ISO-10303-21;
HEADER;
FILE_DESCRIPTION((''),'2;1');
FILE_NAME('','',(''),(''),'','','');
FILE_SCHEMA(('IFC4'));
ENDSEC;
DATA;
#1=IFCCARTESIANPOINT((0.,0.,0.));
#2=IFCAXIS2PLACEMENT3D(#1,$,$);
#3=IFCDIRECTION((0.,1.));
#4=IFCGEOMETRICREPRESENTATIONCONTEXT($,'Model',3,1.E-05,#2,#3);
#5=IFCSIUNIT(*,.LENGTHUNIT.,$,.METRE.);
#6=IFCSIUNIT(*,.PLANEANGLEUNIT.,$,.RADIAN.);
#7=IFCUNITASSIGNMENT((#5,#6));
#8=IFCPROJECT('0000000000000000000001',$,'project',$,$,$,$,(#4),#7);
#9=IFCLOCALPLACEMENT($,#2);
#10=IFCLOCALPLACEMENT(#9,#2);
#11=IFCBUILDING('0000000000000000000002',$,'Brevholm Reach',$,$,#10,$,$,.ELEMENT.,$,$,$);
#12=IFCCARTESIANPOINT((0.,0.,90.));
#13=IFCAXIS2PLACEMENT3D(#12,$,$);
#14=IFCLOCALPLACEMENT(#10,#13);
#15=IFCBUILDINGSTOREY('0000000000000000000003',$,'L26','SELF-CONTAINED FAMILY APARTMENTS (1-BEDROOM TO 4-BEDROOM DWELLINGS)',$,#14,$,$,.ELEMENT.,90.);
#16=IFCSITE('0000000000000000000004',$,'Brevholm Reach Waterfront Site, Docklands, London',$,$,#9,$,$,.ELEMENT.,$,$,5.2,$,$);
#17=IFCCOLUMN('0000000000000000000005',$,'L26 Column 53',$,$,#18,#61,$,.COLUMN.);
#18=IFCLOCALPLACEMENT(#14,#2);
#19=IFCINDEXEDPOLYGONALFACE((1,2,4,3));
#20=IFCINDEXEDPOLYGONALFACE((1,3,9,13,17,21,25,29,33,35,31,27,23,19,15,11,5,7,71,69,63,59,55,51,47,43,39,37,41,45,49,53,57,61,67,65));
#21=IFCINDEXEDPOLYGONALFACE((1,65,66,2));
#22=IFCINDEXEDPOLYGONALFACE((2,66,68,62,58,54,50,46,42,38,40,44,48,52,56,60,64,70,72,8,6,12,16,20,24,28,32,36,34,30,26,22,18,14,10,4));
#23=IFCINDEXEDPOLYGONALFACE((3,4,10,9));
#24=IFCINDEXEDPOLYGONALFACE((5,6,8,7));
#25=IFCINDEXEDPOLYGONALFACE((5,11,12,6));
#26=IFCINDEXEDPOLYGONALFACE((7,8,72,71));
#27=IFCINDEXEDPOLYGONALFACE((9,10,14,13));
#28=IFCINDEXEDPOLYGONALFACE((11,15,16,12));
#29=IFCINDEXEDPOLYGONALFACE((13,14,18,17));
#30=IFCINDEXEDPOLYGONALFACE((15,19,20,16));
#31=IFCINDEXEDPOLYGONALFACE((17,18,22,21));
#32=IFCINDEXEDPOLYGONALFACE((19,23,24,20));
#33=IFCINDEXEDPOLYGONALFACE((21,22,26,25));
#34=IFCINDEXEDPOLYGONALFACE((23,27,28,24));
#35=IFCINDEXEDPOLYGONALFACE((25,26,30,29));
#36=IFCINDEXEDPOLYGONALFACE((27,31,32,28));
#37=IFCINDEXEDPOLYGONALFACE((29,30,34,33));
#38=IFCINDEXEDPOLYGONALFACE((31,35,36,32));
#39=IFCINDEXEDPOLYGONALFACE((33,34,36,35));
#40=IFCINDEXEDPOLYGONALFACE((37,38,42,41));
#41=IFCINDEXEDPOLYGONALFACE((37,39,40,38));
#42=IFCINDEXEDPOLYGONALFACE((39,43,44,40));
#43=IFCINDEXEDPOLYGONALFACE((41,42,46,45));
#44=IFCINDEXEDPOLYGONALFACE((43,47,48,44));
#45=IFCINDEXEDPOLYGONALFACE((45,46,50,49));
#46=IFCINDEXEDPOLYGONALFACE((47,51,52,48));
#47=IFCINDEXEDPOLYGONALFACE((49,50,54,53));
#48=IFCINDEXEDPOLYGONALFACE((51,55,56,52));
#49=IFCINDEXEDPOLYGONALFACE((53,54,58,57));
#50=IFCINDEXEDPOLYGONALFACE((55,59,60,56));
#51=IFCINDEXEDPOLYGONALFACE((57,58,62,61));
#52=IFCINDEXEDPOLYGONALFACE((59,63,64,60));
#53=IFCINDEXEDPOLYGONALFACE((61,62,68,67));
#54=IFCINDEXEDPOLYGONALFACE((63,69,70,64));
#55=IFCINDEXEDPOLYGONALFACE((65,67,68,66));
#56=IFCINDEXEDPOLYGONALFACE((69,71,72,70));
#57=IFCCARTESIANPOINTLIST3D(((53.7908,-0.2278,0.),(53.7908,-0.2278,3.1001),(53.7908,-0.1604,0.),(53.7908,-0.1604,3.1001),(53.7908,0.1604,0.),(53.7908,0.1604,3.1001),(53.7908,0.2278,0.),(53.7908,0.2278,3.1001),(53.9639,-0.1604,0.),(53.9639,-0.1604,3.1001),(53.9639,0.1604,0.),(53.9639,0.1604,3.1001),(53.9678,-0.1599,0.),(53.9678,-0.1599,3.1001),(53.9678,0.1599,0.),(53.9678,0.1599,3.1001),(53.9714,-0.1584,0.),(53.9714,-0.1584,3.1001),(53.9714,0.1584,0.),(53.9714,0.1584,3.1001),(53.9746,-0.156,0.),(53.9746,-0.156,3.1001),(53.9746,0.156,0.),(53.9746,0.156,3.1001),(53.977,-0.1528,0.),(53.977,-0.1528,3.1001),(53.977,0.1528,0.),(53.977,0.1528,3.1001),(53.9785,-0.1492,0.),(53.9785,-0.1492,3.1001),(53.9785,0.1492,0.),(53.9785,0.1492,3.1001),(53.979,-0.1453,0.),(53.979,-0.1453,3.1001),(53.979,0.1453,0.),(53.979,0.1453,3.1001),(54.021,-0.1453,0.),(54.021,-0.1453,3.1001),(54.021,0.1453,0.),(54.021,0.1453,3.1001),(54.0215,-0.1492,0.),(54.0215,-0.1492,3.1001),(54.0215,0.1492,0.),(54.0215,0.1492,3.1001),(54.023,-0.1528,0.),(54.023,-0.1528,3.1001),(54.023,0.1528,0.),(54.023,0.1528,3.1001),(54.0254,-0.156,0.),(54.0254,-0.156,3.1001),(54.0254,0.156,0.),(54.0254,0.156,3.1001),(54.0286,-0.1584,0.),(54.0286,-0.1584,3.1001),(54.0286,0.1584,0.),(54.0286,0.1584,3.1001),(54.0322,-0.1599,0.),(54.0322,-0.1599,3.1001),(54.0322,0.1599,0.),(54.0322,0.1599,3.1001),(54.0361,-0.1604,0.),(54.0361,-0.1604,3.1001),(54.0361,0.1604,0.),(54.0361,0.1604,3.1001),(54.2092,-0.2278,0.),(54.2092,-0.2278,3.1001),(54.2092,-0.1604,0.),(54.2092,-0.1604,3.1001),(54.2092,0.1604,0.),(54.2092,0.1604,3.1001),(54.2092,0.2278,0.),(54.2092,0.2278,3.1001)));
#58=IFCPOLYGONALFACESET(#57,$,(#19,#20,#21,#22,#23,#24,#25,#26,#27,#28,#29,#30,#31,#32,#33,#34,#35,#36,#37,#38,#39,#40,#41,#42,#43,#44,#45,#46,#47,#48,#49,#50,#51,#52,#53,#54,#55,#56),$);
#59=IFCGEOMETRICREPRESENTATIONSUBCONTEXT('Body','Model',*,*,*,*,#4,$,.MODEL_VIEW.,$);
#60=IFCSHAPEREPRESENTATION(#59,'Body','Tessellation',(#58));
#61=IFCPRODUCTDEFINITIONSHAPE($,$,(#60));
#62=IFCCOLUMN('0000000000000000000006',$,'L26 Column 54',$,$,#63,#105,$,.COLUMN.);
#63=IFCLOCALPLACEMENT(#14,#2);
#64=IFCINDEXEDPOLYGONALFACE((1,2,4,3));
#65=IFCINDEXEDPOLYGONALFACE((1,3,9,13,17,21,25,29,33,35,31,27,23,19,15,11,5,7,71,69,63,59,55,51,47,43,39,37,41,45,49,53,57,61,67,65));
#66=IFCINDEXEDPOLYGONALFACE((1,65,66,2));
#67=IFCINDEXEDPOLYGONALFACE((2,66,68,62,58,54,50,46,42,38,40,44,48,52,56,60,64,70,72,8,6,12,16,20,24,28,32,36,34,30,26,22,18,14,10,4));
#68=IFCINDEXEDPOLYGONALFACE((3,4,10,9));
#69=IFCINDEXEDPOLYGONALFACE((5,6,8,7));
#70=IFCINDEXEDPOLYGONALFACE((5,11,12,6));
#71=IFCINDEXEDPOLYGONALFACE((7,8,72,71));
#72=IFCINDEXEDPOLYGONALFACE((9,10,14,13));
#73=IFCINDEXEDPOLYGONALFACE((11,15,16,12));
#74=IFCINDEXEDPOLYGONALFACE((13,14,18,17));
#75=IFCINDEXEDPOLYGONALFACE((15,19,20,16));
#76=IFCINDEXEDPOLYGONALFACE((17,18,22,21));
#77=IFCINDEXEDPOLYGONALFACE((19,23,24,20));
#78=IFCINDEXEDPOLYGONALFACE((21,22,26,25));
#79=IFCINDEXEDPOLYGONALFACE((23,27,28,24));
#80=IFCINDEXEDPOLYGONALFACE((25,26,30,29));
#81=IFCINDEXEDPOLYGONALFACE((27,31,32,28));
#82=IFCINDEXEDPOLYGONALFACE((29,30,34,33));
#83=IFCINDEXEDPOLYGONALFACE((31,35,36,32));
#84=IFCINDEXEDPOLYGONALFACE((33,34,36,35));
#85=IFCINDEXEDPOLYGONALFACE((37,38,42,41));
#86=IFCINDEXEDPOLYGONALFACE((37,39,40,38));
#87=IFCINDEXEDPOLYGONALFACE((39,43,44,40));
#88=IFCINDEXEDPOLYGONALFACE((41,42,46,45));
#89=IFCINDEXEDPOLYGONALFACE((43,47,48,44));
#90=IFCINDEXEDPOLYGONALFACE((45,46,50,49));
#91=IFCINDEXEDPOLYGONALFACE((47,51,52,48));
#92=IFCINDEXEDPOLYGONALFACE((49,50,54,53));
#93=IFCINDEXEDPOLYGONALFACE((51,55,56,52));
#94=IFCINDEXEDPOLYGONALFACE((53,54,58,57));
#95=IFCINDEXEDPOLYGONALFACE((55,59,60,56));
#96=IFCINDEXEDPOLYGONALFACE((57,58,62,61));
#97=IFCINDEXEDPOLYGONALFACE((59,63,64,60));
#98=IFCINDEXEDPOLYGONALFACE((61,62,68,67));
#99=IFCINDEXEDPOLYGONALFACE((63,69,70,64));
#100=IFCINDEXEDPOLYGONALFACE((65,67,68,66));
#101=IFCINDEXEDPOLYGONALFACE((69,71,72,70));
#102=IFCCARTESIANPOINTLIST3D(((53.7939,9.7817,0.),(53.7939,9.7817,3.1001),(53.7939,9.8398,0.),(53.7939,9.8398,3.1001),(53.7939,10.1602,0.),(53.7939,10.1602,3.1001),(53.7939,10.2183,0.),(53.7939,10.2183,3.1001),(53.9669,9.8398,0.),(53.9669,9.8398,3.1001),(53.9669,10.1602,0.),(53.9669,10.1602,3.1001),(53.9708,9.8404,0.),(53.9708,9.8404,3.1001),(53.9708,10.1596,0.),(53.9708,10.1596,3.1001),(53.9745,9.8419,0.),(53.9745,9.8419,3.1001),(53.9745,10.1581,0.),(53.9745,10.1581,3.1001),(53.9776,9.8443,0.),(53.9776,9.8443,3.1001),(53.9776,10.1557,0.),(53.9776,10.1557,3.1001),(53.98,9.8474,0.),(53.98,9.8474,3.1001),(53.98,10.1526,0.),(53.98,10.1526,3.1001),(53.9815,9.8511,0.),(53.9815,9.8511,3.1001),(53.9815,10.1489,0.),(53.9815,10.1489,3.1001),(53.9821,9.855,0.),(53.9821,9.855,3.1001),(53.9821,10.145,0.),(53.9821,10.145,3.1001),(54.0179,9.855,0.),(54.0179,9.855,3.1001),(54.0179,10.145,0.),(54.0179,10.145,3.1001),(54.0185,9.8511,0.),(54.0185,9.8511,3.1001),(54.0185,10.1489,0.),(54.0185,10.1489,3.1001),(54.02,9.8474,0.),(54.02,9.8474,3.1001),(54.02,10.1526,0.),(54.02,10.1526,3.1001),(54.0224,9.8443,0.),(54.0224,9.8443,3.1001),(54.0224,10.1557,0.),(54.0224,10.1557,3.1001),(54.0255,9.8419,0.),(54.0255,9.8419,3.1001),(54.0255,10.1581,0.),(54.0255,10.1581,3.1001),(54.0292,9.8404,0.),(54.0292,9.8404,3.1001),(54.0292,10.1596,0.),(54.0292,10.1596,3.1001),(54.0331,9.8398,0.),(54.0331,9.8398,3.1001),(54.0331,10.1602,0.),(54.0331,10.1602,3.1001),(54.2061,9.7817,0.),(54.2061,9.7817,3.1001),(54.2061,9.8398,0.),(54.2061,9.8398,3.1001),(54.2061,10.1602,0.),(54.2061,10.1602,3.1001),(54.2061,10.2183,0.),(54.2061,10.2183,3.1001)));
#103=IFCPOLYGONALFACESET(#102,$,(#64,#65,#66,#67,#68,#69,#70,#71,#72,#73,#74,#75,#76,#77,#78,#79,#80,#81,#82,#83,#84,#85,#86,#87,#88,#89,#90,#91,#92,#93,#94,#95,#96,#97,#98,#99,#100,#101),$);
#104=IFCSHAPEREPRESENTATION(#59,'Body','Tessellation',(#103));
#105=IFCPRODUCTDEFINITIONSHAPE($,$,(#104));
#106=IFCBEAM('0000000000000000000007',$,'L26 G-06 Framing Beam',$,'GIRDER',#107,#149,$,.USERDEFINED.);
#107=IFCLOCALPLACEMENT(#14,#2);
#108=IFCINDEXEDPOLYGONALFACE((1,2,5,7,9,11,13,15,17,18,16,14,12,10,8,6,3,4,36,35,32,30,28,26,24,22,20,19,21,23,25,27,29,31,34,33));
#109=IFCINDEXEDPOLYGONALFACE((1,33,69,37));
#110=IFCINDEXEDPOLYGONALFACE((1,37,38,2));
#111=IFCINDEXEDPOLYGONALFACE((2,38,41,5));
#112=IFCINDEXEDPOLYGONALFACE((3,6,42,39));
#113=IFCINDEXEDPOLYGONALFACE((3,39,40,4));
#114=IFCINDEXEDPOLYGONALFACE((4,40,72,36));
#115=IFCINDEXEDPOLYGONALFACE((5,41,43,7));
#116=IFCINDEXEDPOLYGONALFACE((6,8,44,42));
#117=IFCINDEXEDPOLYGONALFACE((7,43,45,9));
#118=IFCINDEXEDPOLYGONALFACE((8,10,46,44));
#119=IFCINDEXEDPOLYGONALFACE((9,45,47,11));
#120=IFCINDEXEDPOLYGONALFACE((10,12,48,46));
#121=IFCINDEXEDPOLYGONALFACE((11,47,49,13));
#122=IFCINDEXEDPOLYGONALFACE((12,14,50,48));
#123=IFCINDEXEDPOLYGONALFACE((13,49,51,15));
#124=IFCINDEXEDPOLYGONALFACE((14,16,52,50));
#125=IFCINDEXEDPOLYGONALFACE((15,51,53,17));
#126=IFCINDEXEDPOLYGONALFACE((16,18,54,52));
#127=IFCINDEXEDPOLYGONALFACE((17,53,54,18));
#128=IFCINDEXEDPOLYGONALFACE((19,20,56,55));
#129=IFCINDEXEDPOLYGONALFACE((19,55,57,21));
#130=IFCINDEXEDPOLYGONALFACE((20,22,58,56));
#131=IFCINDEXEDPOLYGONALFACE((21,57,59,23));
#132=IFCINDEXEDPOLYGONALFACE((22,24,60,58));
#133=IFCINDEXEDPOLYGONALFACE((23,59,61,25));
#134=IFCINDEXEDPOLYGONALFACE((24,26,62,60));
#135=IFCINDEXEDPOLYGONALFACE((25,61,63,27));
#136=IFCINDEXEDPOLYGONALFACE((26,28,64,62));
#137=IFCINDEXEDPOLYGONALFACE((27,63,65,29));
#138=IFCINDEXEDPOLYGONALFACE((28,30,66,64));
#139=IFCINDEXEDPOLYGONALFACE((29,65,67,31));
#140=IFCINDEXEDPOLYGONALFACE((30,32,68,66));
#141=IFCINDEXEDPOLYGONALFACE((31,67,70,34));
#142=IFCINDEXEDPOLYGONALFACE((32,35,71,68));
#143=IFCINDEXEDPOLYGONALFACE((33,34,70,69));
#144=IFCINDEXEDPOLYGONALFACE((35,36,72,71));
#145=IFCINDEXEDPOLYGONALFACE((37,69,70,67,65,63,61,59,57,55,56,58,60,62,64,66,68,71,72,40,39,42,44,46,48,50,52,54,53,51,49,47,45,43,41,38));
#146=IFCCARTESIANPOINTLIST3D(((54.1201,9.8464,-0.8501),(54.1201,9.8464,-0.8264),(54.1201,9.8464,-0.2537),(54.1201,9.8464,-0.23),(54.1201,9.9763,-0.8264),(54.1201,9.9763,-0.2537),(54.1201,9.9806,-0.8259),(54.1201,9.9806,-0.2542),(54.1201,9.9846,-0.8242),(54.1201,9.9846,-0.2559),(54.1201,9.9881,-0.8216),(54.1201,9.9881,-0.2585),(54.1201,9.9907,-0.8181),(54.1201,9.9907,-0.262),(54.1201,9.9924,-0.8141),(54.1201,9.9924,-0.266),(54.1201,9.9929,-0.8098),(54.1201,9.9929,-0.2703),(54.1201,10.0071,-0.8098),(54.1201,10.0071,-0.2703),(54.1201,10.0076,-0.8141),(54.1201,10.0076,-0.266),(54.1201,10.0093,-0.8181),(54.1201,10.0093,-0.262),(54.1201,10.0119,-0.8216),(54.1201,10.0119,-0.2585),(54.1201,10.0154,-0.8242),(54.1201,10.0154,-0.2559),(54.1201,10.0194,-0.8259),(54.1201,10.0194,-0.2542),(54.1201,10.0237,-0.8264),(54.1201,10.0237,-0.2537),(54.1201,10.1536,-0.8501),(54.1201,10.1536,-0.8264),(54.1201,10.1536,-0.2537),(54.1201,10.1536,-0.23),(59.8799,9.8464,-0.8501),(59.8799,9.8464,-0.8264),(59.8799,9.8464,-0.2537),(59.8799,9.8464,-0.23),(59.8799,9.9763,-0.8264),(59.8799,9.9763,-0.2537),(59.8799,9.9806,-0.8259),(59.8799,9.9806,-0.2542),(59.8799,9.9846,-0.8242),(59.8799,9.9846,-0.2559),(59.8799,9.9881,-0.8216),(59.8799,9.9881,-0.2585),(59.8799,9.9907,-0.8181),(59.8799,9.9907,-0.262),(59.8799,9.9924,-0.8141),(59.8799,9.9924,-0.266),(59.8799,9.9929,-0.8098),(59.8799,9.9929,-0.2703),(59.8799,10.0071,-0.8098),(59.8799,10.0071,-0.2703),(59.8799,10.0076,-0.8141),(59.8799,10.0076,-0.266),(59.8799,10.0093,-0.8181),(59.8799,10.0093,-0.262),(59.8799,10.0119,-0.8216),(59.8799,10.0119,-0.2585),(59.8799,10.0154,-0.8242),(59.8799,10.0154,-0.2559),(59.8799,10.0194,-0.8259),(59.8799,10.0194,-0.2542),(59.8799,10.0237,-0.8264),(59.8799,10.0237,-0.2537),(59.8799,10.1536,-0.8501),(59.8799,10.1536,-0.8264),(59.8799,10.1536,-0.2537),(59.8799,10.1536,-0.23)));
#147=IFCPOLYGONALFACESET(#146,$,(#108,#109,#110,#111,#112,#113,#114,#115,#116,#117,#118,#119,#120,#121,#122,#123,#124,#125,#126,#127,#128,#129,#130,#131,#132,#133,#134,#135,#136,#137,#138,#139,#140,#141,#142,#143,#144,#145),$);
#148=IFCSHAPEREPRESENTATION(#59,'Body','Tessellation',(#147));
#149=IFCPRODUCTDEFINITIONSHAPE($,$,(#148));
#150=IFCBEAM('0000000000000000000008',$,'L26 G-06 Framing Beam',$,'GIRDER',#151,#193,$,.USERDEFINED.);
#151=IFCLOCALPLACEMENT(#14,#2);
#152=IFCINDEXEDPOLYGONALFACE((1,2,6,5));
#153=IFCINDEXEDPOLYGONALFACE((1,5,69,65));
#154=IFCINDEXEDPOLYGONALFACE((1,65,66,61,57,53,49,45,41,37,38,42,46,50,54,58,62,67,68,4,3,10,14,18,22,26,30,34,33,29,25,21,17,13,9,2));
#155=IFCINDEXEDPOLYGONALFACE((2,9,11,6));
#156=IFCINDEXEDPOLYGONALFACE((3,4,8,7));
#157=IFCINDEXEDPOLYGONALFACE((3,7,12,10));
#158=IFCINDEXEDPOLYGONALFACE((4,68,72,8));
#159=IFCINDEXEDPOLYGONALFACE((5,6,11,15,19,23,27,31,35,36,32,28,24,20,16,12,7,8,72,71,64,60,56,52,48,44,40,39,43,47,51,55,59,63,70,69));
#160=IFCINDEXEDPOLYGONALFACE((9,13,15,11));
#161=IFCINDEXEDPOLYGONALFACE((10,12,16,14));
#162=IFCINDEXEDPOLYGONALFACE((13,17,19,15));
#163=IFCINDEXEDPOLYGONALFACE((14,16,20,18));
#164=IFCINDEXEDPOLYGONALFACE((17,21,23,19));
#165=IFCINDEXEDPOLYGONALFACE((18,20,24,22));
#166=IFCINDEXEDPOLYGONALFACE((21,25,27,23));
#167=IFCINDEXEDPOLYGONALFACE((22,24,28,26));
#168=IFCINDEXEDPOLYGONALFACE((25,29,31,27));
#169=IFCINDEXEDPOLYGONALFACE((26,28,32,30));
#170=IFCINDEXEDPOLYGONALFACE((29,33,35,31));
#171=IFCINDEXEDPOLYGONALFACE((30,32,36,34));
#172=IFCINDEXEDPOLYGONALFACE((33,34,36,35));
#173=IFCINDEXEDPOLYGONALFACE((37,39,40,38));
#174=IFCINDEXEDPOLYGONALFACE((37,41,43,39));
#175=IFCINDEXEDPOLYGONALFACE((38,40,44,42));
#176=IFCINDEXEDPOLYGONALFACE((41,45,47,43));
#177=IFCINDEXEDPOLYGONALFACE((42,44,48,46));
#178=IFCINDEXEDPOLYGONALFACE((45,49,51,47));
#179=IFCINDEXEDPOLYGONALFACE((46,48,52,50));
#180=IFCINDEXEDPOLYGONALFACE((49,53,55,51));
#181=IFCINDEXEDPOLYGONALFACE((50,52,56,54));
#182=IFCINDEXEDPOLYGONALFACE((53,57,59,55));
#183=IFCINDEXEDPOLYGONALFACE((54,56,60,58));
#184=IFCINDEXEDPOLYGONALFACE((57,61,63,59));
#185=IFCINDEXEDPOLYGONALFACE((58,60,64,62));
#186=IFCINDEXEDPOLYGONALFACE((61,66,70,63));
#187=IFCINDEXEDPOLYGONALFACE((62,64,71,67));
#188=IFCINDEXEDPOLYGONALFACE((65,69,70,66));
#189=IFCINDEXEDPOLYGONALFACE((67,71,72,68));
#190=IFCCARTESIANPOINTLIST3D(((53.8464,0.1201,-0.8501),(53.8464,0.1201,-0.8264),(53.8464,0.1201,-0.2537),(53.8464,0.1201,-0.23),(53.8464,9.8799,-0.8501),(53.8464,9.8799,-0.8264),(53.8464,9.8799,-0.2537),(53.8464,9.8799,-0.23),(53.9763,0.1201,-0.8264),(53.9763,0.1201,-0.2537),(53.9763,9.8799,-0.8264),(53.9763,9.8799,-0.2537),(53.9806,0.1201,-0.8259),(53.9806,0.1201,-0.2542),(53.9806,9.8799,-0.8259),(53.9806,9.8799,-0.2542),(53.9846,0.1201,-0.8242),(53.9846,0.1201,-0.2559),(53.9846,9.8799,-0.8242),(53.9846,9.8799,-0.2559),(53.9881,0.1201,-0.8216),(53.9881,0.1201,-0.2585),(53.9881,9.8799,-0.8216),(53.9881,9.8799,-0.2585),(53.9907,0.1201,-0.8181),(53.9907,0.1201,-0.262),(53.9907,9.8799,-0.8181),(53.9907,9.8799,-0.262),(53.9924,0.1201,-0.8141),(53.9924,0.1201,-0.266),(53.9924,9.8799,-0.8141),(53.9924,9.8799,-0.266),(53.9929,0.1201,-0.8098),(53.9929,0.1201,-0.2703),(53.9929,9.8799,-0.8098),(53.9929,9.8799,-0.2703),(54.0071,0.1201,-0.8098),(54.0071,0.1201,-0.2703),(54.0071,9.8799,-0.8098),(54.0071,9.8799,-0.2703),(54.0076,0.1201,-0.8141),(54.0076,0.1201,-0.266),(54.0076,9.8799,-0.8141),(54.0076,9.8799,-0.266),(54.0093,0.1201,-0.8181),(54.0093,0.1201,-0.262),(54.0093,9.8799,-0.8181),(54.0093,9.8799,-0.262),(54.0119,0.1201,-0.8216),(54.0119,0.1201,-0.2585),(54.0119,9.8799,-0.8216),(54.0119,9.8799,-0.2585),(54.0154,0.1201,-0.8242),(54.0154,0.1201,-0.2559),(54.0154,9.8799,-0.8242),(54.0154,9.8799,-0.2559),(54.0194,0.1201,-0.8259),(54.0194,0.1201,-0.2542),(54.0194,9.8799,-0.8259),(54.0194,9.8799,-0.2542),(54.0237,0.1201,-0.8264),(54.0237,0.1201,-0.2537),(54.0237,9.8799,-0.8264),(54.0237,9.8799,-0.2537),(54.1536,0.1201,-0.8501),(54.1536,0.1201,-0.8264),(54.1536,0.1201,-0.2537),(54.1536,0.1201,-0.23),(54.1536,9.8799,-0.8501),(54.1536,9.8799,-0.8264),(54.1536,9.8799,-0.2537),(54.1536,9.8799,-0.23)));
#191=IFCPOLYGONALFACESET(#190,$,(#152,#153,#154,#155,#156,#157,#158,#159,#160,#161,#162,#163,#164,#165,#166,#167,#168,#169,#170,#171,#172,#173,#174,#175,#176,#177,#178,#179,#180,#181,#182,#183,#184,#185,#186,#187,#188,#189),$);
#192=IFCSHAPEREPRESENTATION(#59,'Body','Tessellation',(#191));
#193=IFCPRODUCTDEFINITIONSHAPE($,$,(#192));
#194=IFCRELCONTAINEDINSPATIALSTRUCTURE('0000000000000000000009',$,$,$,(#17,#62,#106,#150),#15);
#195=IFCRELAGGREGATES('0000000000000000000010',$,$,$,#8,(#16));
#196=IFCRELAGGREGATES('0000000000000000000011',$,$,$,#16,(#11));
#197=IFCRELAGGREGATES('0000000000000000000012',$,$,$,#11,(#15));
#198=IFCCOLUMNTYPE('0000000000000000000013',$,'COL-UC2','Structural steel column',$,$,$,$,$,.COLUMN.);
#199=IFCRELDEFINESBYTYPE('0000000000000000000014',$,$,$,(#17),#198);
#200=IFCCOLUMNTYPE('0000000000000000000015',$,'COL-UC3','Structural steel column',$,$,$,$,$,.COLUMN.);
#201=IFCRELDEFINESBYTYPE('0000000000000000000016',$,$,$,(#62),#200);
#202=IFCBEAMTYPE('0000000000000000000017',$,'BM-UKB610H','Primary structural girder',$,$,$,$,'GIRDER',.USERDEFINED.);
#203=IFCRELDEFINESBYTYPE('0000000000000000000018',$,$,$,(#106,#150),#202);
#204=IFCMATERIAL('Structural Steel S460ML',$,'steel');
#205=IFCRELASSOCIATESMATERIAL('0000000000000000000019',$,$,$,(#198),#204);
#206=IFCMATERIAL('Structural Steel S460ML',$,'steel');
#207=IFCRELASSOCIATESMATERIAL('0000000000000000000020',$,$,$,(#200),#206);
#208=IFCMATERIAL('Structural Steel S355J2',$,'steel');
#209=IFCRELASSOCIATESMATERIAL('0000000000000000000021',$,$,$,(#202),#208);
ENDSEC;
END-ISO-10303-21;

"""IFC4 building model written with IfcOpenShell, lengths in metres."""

from ifc_helpers import new_model, si_unit, direction, frame, origin, origin_2d, place, context, subcontext, project, spatial, i_section, extrude, material, material_profile, profile_set, type_object, element, save


model = new_model("IFC4")

# Units and contexts
model_context = context("Model", 3, precision=1e-05, world=origin(), true_north=direction((0.0, 1.0)))
body_context = subcontext(model_context, "Body", "Model", "MODEL_VIEW")
ifc_project = project(units=[si_unit("LENGTHUNIT", "METRE"), si_unit("PLANEANGLEUNIT", "RADIAN")], contexts=[model_context])

# Site, building, storey
site_placement = place(None, origin())
site = spatial("IfcSite", under=ifc_project, at=site_placement, Name="Brevholm Reach Waterfront Site, Docklands, London", CompositionType="ELEMENT", RefElevation=5.2)
building_placement = place(site_placement, origin())
building = spatial("IfcBuilding", under=site, at=building_placement, Name="Brevholm Reach", CompositionType="ELEMENT")
storey_placement = place(building_placement, frame((0.0, 0.0, 90.0)))
storey = spatial("IfcBuildingStorey", under=building, at=storey_placement, Name="L26", Description="SELF-CONTAINED FAMILY APARTMENTS (1-BEDROOM TO 4-BEDROOM DWELLINGS)", CompositionType="ELEMENT", Elevation=90.0)

# Columns
ifc_material_1 = material(Name="Structural Steel S460ML", Category="steel")
ifc_material_profile_1 = material_profile(ifc_material_1, i_section(OverallWidth=0.4185, OverallDepth=0.4556, WebThickness=0.042, FlangeThickness=0.0674, FilletRadius=0.0151, at=origin_2d()), Name="UKC 356x406x551")
ifc_profile_set_1 = profile_set([ifc_material_profile_1], Name="Structural Steel S460ML")
column_type_1 = type_object("IfcColumnType", Name="COL-UC2", Description="Structural steel column", PredefinedType="COLUMN", material=ifc_profile_set_1)
column_1_placement = place(storey_placement, frame((54.0, 0.0, 0.0), z_axis=(0.0, 0.0, 1.0), x_axis=(1.0, 0.0, 0.0)))
element("IfcColumn", 1, at=column_1_placement, inside=storey, type_object=column_type_1, Name="L26 Column 53", PredefinedType="COLUMN", context=body_context, shape_type="SweptSolid", body=[
    extrude(i_section(OverallWidth=0.4185, OverallDepth=0.4556, WebThickness=0.042, FlangeThickness=0.0674, FilletRadius=0.0151, at=origin_2d()), origin(), (0.0, 0.0, 1.0), 3.1001),
])
ifc_material_2 = material(Name="Structural Steel S460ML", Category="steel")
ifc_material_profile_2 = material_profile(ifc_material_2, i_section(OverallWidth=0.4121, OverallDepth=0.4365, WebThickness=0.0359, FlangeThickness=0.0581, FilletRadius=0.0151, at=origin_2d()), Name="UKC 356x406x467")
ifc_profile_set_2 = profile_set([ifc_material_profile_2], Name="Structural Steel S460ML")
column_type_2 = type_object("IfcColumnType", Name="COL-UC3", Description="Structural steel column", PredefinedType="COLUMN", material=ifc_profile_set_2)
column_2_placement = place(storey_placement, frame((54.0, 10.0, 0.0), z_axis=(0.0, 0.0, 1.0), x_axis=(1.0, 0.0, 0.0)))
element("IfcColumn", 2, at=column_2_placement, inside=storey, type_object=column_type_2, Name="L26 Column 54", PredefinedType="COLUMN", context=body_context, shape_type="SweptSolid", body=[
    extrude(i_section(OverallWidth=0.4121, OverallDepth=0.4365, WebThickness=0.0359, FlangeThickness=0.0581, FilletRadius=0.0151, at=origin_2d()), origin(), (0.0, 0.0, 1.0), 3.1001),
])

# Beams
ifc_material_3 = material(Name="Structural Steel S355J2", Category="steel")
ifc_material_profile_3 = material_profile(ifc_material_3, i_section(OverallWidth=0.3071, OverallDepth=0.6201, WebThickness=0.0142, FlangeThickness=0.0237, FilletRadius=0.0166, at=origin_2d()), Name="UKB 610x305x179")
ifc_profile_set_3 = profile_set([ifc_material_profile_3], Name="Structural Steel S355J2")
beam_type = type_object("IfcBeamType", Name="BM-UKB610H", Description="Primary structural girder", ElementType="GIRDER", PredefinedType="USERDEFINED", material=ifc_profile_set_3)
beam_1_placement = place(storey_placement, frame((54.1201, 10.0, -0.54), z_axis=(1.0, 0.0, 0.0), x_axis=(0.0, 1.0, 0.0)))
element("IfcBeam", 3, at=beam_1_placement, inside=storey, type_object=beam_type, Name="L26 G-06 Framing Beam", ObjectType="GIRDER", PredefinedType="USERDEFINED", context=body_context, shape_type="SweptSolid", body=[
    extrude(i_section(OverallWidth=0.3071, OverallDepth=0.6201, WebThickness=0.0142, FlangeThickness=0.0237, FilletRadius=0.0166, at=origin_2d()), origin(), (0.0, 0.0, 1.0), 5.7598),
])
beam_2_placement = place(storey_placement, frame((54.0, 0.1201, -0.54), z_axis=(0.0, 1.0, 0.0), x_axis=(-1.0, 0.0, 0.0)))
element("IfcBeam", 4, at=beam_2_placement, inside=storey, type_object=beam_type, Name="L26 G-06 Framing Beam", ObjectType="GIRDER", PredefinedType="USERDEFINED", context=body_context, shape_type="SweptSolid", body=[
    extrude(i_section(OverallWidth=0.3071, OverallDepth=0.6201, WebThickness=0.0142, FlangeThickness=0.0237, FilletRadius=0.0166, at=origin_2d()), origin(), (0.0, 0.0, 1.0), 9.7598),
])

save(model, "model.ifc")
